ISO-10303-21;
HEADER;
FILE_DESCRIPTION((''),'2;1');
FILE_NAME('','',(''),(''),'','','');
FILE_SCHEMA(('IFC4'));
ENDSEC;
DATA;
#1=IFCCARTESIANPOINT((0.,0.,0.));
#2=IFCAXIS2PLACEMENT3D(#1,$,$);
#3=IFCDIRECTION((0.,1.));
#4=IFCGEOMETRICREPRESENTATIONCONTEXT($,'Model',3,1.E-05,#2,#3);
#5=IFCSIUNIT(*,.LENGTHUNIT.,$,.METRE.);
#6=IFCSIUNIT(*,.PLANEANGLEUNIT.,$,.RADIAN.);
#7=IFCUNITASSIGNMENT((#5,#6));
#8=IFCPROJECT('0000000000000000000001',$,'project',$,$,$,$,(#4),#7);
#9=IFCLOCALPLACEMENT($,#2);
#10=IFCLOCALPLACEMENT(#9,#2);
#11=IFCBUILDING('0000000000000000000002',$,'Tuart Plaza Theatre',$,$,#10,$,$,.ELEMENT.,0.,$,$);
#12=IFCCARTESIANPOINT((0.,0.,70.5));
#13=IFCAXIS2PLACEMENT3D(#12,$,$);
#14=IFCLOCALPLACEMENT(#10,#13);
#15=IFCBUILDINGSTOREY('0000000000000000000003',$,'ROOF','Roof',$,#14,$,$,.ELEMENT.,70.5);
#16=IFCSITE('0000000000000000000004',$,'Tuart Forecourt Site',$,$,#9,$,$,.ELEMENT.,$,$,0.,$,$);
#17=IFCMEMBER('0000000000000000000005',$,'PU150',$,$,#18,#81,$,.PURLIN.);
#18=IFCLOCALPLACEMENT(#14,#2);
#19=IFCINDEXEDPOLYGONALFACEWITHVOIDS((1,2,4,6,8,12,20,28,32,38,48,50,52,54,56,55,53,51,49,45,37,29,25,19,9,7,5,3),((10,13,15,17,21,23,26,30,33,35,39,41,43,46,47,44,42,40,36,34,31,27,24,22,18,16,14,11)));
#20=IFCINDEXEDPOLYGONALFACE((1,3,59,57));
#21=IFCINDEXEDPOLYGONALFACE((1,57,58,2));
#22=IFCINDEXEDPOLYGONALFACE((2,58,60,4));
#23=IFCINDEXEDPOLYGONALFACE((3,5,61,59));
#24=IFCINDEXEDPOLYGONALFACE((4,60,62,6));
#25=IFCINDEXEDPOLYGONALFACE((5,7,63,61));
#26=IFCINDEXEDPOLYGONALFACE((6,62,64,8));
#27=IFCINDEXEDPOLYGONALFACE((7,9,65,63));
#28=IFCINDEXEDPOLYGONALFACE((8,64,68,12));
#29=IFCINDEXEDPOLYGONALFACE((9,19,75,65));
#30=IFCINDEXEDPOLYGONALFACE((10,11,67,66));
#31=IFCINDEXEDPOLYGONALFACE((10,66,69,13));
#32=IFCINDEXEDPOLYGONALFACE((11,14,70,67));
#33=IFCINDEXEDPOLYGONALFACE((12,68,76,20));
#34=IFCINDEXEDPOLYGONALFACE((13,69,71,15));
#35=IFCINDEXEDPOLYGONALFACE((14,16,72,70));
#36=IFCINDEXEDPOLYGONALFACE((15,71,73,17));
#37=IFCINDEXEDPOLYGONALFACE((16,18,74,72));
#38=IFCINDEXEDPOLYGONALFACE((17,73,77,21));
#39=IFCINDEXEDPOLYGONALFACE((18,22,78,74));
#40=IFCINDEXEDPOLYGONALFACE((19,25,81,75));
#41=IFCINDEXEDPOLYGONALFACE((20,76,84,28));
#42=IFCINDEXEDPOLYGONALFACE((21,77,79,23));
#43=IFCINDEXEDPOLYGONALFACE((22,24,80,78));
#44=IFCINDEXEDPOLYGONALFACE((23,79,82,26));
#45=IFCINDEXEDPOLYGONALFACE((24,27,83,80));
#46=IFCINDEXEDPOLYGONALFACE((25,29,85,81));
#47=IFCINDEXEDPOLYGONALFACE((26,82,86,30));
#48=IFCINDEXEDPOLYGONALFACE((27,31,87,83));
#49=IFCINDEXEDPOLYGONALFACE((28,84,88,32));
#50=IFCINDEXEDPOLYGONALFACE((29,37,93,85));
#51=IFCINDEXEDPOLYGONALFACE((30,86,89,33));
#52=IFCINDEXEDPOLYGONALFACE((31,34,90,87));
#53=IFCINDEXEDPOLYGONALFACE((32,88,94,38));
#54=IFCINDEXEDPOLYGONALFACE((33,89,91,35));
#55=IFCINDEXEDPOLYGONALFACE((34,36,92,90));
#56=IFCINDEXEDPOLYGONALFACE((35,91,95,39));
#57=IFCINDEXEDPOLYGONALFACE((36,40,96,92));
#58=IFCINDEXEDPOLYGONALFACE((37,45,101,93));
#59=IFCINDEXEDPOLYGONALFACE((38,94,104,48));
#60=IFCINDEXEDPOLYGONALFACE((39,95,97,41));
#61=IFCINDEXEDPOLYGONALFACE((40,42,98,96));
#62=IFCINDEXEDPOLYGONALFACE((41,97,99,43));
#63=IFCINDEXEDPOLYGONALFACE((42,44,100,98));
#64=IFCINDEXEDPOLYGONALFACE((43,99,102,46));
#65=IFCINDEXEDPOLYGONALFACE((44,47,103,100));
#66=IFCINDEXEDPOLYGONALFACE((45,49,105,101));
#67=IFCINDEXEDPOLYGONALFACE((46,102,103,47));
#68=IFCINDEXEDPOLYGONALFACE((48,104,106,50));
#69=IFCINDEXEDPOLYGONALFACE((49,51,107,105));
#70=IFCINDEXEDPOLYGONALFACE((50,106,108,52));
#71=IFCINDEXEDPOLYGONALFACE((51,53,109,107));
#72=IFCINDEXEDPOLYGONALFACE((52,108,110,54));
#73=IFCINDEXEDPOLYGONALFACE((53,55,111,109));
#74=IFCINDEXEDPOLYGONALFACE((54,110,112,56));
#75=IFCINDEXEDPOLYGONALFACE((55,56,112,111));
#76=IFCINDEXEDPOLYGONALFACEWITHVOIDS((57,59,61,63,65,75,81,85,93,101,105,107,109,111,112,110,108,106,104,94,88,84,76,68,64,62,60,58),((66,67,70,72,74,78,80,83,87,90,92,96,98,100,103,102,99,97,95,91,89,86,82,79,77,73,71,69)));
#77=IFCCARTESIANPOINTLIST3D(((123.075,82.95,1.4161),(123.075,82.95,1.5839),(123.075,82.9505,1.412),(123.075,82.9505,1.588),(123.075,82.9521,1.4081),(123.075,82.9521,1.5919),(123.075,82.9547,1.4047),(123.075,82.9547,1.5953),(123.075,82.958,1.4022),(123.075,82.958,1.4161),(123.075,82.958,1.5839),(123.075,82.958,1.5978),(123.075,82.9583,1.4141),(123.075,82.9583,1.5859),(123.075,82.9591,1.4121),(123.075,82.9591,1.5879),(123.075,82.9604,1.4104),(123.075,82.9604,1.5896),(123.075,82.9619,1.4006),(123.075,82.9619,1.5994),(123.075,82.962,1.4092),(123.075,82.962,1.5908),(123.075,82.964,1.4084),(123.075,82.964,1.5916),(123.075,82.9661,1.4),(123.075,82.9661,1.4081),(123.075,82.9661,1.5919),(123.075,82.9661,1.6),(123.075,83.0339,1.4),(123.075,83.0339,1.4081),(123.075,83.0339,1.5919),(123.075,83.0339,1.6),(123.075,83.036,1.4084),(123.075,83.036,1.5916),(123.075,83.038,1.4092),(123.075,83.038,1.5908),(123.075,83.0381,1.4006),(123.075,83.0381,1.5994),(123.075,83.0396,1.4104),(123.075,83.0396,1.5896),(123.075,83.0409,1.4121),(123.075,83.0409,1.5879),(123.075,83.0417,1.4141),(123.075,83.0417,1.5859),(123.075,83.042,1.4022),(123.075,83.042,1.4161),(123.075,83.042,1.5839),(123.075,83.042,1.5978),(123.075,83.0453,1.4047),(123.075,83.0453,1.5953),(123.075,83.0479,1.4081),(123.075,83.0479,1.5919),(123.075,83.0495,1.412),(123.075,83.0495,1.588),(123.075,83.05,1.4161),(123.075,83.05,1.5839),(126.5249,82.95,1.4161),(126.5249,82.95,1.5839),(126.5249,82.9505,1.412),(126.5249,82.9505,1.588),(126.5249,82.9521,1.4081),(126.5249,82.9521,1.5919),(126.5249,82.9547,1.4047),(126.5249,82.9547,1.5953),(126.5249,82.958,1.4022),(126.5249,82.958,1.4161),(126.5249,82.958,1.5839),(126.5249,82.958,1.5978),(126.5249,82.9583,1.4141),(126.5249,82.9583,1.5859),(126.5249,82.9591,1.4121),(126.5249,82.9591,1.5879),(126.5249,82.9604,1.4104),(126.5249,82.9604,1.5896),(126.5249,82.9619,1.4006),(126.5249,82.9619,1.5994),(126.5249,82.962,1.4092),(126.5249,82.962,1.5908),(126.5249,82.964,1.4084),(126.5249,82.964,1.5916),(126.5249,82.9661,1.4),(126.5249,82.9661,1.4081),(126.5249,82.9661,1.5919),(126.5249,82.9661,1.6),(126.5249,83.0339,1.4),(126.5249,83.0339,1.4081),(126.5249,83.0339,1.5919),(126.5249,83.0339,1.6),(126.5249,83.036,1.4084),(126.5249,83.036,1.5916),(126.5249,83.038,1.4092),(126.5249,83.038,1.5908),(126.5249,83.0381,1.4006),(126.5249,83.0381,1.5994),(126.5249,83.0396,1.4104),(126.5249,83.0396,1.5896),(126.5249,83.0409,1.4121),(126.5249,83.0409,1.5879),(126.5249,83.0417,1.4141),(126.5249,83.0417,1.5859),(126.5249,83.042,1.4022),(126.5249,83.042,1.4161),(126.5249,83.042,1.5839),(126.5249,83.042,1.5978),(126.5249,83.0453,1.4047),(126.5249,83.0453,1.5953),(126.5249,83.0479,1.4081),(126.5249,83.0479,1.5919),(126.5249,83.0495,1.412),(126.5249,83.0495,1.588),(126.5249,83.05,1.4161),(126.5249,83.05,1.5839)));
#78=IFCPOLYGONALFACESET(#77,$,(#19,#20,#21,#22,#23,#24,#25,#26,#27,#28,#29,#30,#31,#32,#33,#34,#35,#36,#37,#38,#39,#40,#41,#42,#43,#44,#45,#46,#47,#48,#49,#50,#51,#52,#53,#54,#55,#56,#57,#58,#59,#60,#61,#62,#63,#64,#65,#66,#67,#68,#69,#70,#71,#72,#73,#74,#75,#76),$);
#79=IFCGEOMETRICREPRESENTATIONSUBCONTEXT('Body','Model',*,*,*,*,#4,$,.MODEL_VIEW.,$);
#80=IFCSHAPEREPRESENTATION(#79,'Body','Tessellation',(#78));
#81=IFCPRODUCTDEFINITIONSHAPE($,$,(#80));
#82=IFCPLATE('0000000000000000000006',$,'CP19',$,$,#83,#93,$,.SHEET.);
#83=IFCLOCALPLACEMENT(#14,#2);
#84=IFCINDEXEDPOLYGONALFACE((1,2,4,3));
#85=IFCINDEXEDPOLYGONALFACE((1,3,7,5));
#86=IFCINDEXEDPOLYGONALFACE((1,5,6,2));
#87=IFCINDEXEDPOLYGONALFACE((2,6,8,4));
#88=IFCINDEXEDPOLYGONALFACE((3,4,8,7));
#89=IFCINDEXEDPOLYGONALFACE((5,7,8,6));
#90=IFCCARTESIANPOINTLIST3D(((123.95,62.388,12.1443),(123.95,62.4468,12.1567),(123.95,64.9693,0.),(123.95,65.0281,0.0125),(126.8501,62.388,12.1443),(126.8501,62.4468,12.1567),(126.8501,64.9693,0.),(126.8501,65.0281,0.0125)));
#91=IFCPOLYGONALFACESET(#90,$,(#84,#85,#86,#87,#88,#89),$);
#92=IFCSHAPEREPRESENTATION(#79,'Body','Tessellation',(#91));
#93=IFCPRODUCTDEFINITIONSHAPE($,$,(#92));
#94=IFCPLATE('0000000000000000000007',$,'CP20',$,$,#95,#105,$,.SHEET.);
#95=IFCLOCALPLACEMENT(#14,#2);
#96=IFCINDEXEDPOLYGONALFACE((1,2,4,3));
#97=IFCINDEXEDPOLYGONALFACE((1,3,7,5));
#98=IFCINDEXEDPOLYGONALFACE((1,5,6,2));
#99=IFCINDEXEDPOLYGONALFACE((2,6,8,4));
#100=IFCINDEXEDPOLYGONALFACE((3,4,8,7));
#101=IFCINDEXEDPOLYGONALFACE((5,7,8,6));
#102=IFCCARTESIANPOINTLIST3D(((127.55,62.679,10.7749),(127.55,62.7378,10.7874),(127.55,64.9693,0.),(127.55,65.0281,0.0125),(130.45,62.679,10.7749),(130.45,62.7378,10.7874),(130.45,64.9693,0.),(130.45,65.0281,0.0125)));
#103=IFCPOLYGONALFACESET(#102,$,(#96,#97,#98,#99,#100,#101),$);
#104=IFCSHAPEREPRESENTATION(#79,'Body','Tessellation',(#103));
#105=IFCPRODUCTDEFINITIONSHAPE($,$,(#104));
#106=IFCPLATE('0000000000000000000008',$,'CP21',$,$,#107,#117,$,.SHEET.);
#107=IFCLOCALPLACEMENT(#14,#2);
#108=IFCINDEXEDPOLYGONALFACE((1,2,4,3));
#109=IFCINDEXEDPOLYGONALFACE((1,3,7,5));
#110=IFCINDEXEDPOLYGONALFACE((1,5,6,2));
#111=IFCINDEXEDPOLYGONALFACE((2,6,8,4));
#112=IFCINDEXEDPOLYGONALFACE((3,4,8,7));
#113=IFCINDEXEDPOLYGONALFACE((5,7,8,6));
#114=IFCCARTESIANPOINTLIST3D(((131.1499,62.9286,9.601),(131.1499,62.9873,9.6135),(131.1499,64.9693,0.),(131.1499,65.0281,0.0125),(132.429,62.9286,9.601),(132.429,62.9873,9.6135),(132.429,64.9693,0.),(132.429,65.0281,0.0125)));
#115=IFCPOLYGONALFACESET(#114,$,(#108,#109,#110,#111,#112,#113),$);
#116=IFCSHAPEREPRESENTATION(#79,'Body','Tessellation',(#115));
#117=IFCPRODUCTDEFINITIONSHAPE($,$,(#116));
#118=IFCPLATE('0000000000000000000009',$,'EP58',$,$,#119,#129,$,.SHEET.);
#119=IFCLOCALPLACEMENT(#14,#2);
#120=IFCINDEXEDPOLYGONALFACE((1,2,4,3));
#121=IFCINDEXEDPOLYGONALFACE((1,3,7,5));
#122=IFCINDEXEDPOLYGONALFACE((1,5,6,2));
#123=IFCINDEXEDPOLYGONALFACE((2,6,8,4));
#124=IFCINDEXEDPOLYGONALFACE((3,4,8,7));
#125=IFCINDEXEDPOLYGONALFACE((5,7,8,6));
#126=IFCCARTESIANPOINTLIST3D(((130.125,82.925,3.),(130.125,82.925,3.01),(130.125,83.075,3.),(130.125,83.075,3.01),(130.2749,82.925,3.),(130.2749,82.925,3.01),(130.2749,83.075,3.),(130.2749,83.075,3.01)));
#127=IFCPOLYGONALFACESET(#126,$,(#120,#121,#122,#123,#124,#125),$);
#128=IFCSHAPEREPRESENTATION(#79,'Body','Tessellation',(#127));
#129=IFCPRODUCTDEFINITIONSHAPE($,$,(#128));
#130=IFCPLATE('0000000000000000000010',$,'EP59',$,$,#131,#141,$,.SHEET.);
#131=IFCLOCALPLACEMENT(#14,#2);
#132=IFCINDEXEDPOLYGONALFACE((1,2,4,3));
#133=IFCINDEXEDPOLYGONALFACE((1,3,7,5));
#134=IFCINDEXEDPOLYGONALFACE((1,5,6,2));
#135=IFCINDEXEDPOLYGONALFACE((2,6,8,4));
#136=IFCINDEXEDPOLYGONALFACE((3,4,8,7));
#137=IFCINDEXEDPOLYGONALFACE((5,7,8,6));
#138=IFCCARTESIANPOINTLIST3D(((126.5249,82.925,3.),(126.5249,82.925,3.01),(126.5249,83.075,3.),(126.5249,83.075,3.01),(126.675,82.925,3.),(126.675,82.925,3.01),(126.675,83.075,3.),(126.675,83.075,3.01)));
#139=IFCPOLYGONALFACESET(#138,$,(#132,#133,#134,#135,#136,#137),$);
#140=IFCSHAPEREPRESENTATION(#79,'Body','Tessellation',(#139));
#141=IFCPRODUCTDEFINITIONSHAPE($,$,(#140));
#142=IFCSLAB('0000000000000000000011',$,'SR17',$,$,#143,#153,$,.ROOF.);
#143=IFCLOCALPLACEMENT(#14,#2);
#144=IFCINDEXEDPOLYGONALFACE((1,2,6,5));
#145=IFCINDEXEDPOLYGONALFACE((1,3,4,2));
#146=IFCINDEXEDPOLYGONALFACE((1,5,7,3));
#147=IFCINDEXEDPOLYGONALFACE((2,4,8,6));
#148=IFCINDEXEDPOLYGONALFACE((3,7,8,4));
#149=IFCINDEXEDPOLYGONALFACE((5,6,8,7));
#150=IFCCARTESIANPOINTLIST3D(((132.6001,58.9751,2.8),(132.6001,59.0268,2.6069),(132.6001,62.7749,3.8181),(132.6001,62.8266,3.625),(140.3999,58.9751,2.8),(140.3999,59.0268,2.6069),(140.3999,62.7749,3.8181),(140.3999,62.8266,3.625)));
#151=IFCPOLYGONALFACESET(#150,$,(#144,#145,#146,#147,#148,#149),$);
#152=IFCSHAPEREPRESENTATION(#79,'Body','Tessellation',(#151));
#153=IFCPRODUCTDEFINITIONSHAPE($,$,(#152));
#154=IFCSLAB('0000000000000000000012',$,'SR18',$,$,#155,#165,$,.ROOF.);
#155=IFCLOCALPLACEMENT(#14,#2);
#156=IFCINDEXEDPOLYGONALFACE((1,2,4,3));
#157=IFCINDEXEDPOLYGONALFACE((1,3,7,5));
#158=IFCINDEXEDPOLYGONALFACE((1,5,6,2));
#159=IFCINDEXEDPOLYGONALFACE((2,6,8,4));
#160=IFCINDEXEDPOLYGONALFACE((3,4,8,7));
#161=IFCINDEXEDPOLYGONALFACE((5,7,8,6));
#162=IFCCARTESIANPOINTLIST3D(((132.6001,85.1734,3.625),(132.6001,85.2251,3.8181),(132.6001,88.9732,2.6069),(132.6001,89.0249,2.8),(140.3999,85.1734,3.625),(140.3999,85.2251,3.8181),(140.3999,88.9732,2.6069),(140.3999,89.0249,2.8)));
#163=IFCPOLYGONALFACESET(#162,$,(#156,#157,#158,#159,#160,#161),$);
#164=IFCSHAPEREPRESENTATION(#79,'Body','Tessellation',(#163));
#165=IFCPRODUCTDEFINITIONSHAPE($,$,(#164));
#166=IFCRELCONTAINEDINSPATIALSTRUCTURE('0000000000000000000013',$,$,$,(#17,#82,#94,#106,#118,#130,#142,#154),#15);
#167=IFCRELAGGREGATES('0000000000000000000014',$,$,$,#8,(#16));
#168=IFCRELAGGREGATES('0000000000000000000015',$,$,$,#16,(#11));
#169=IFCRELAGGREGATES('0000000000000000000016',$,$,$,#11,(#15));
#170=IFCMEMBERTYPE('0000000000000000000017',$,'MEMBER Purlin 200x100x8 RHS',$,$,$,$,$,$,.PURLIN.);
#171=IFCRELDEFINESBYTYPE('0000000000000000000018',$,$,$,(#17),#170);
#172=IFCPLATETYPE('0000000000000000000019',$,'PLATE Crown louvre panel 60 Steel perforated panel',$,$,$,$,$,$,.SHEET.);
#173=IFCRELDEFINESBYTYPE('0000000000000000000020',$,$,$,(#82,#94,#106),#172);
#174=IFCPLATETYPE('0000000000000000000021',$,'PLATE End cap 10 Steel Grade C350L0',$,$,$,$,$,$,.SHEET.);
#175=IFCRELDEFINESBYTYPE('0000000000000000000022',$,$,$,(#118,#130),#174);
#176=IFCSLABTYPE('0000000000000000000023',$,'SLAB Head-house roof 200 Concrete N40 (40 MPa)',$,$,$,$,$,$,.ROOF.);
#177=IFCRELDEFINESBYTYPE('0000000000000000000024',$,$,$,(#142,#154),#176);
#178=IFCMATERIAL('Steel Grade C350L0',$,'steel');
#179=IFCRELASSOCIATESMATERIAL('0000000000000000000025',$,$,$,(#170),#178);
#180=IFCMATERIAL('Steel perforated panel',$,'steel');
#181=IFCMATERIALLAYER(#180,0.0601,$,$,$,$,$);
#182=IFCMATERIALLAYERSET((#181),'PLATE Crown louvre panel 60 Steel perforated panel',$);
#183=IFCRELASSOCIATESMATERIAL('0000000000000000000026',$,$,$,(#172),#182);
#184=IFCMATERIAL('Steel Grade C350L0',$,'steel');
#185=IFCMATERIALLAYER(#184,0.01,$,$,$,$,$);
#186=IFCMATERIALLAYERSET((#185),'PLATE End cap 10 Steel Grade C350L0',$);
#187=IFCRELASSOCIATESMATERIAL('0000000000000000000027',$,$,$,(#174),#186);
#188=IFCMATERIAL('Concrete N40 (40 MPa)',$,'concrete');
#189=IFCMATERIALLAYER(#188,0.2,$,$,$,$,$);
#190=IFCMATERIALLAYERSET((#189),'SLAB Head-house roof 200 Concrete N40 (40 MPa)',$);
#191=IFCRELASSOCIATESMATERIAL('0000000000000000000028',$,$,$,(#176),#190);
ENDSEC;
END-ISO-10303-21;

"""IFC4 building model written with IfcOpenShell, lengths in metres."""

from ifc_helpers import new_model, si_unit, direction, frame, origin, origin_2d, place, context, subcontext, project, spatial, polyline, hollow_rectangle, outline, extrude, material, layer, layer_set, material_profile, profile_set, type_object, element, save


model = new_model("IFC4")

# Units and contexts
model_context = context("Model", 3, precision=1e-05, world=origin(), true_north=direction((0.0, 1.0)))
body_context = subcontext(model_context, "Body", "Model", "MODEL_VIEW")
ifc_project = project(units=[si_unit("LENGTHUNIT", "METRE"), si_unit("PLANEANGLEUNIT", "RADIAN")], contexts=[model_context])

# Site, building, storey
site_placement = place(None, origin())
site = spatial("IfcSite", under=ifc_project, at=site_placement, Name="Tuart Forecourt Site", CompositionType="ELEMENT", RefElevation=0.0)
building_placement = place(site_placement, origin())
building = spatial("IfcBuilding", under=site, at=building_placement, Name="Tuart Plaza Theatre", CompositionType="ELEMENT", ElevationOfRefHeight=0.0)
storey_placement = place(building_placement, frame((0.0, 0.0, 70.5)))
storey = spatial("IfcBuildingStorey", under=building, at=storey_placement, Name="ROOF", Description="Roof", CompositionType="ELEMENT", Elevation=70.5)

# Member
ifc_material_1 = material(Name="Steel Grade C350L0", Category="steel")
ifc_material_profile_1 = material_profile(ifc_material_1, hollow_rectangle(XDim=0.1001, YDim=0.2, WallThickness=0.0081, InnerFilletRadius=0.0081, OuterFilletRadius=0.0161, at=origin_2d()), Name="200x100x8 RHS")
ifc_profile_set_1 = profile_set([ifc_material_profile_1], Name="Steel Grade C350L0")
member_type_1 = type_object("IfcMemberType", Name="MEMBER Purlin 200x100x8 RHS", PredefinedType="PURLIN", material=ifc_profile_set_1)
for number, where, z_axis, x_axis, name in (
    (1, (126.5249, 83.0, 1.5), (-1.0, 0.0, 0.0), (0.0, -1.0, 0.0), "PU150"),
):
    element("IfcMember", number, at=place(storey_placement, frame(where, z_axis=z_axis, x_axis=x_axis)), inside=storey, type_object=member_type_1, Name=name, PredefinedType="PURLIN", context=body_context, shape_type="SweptSolid", body=[
        extrude(hollow_rectangle(XDim=0.1001, YDim=0.2, WallThickness=0.0081, InnerFilletRadius=0.0081, OuterFilletRadius=0.0161, at=origin_2d()), origin(), (0.0, 0.0, 1.0), 3.45),
    ])

# Plates
ifc_material_2 = material(Name="Steel perforated panel", Category="steel")
ifc_layer_1 = layer(ifc_material_2, 0.0601)
ifc_layer_set_1 = layer_set([ifc_layer_1], Name="PLATE Crown louvre panel 60 Steel perforated panel")
plate_type_1 = type_object("IfcPlateType", Name="PLATE Crown louvre panel 60 Steel perforated panel", PredefinedType="SHEET", material=ifc_layer_set_1)
plate_1_placement = place(storey_placement, frame((123.95, 65.0281, 0.0125), z_axis=(0.0, 0.978148, 0.207908), x_axis=(1.0, 0.0, 0.0)))
element("IfcPlate", 2, at=plate_1_placement, inside=storey, type_object=plate_type_1, Name="CP19", PredefinedType="SHEET", context=body_context, shape_type="SweptSolid", body=[
    extrude(outline(polyline([(0.0, 0.0), (2.9001, 0.0), (2.9001, -12.4156), (0.0, -12.4156), (0.0, 0.0)])), origin(), (0.0, 0.0, -1.0), 0.0601),
])
plate_2_placement = place(storey_placement, frame((127.55, 65.0281, 0.0125), z_axis=(0.0, 0.978147, 0.207912), x_axis=(1.0, 0.0, 0.0)))
element("IfcPlate", 3, at=plate_2_placement, inside=storey, type_object=plate_type_1, Name="CP20", PredefinedType="SHEET", context=body_context, shape_type="SweptSolid", body=[
    extrude(outline(polyline([(0.0, 0.0), (2.8999, 0.0), (2.8999, -11.0156), (0.0, -11.0156), (0.0, 0.0)])), origin(), (0.0, 0.0, -1.0), 0.0601),
])
plate_3_placement = place(storey_placement, frame((131.1499, 65.0281, 0.0125), z_axis=(0.0, 0.978148, 0.207912), x_axis=(1.0, 0.0, 0.0)))
element("IfcPlate", 4, at=plate_3_placement, inside=storey, type_object=plate_type_1, Name="CP21", PredefinedType="SHEET", context=body_context, shape_type="SweptSolid", body=[
    extrude(outline(polyline([(0.0, 0.0), (1.2791, 0.0), (1.2791, -9.8156), (0.0, -9.8156), (0.0, 0.0)])), origin(), (0.0, 0.0, -1.0), 0.0601),
])
ifc_material_3 = material(Name="Steel Grade C350L0", Category="steel")
ifc_layer_2 = layer(ifc_material_3, 0.01)
ifc_layer_set_2 = layer_set([ifc_layer_2], Name="PLATE End cap 10 Steel Grade C350L0")
plate_type_2 = type_object("IfcPlateType", Name="PLATE End cap 10 Steel Grade C350L0", PredefinedType="SHEET", material=ifc_layer_set_2)
plate_4_placement = place(storey_placement, frame((130.125, 82.925, 3.01), z_axis=(0.0, 0.0, 1.0), x_axis=(1.0, 0.0, 0.0)))
element("IfcPlate", 5, at=plate_4_placement, inside=storey, type_object=plate_type_2, Name="EP58", PredefinedType="SHEET", context=body_context, shape_type="SweptSolid", body=[
    extrude(outline(polyline([(0.0, 0.0), (0.1499, 0.0), (0.1499, 0.1499), (0.0, 0.1499), (0.0, 0.0)])), origin(), (0.0, 0.0, -1.0), 0.01),
])
plate_5_placement = place(storey_placement, frame((126.5249, 82.925, 3.01), z_axis=(0.0, 0.0, 1.0), x_axis=(1.0, 0.0, 0.0)))
element("IfcPlate", 6, at=plate_5_placement, inside=storey, type_object=plate_type_2, Name="EP59", PredefinedType="SHEET", context=body_context, shape_type="SweptSolid", body=[
    extrude(outline(polyline([(0.0, 0.0), (0.1501, 0.0), (0.1501, 0.1499), (0.0, 0.1499), (0.0, 0.0)])), origin(), (0.0, 0.0, -1.0), 0.01),
])

# Slabs
ifc_material_4 = material(Name="Concrete N40 (40 MPa)", Category="concrete")
ifc_layer_3 = layer(ifc_material_4, 0.2)
ifc_layer_set_3 = layer_set([ifc_layer_3], Name="SLAB Head-house roof 200 Concrete N40 (40 MPa)")
slab_type = type_object("IfcSlabType", Name="SLAB Head-house roof 200 Concrete N40 (40 MPa)", PredefinedType="ROOF", material=ifc_layer_set_3)
for number, where, z_axis, x_axis, name in (
    (7, (132.6001, 58.9751, 2.8), (0.0, -0.258798, 0.965931), (1.0, 0.0, 0.0), "SR17"),
    (8, (132.6001, 85.2251, 3.8181), (0.0, 0.258798, 0.965931), (1.0, 0.0, 0.0), "SR18"),
):
    element("IfcSlab", number, at=place(storey_placement, frame(where, z_axis=z_axis, x_axis=x_axis)), inside=storey, type_object=slab_type, Name=name, PredefinedType="ROOF", context=body_context, shape_type="SweptSolid", body=[
        extrude(outline(polyline([(0.0, 0.0), (7.7998, 0.0), (7.7998, 3.9338), (0.0, 3.9338), (0.0, 0.0)])), origin(), (0.0, 0.0, -1.0), 0.2),
    ])

save(model, "model.ifc")
